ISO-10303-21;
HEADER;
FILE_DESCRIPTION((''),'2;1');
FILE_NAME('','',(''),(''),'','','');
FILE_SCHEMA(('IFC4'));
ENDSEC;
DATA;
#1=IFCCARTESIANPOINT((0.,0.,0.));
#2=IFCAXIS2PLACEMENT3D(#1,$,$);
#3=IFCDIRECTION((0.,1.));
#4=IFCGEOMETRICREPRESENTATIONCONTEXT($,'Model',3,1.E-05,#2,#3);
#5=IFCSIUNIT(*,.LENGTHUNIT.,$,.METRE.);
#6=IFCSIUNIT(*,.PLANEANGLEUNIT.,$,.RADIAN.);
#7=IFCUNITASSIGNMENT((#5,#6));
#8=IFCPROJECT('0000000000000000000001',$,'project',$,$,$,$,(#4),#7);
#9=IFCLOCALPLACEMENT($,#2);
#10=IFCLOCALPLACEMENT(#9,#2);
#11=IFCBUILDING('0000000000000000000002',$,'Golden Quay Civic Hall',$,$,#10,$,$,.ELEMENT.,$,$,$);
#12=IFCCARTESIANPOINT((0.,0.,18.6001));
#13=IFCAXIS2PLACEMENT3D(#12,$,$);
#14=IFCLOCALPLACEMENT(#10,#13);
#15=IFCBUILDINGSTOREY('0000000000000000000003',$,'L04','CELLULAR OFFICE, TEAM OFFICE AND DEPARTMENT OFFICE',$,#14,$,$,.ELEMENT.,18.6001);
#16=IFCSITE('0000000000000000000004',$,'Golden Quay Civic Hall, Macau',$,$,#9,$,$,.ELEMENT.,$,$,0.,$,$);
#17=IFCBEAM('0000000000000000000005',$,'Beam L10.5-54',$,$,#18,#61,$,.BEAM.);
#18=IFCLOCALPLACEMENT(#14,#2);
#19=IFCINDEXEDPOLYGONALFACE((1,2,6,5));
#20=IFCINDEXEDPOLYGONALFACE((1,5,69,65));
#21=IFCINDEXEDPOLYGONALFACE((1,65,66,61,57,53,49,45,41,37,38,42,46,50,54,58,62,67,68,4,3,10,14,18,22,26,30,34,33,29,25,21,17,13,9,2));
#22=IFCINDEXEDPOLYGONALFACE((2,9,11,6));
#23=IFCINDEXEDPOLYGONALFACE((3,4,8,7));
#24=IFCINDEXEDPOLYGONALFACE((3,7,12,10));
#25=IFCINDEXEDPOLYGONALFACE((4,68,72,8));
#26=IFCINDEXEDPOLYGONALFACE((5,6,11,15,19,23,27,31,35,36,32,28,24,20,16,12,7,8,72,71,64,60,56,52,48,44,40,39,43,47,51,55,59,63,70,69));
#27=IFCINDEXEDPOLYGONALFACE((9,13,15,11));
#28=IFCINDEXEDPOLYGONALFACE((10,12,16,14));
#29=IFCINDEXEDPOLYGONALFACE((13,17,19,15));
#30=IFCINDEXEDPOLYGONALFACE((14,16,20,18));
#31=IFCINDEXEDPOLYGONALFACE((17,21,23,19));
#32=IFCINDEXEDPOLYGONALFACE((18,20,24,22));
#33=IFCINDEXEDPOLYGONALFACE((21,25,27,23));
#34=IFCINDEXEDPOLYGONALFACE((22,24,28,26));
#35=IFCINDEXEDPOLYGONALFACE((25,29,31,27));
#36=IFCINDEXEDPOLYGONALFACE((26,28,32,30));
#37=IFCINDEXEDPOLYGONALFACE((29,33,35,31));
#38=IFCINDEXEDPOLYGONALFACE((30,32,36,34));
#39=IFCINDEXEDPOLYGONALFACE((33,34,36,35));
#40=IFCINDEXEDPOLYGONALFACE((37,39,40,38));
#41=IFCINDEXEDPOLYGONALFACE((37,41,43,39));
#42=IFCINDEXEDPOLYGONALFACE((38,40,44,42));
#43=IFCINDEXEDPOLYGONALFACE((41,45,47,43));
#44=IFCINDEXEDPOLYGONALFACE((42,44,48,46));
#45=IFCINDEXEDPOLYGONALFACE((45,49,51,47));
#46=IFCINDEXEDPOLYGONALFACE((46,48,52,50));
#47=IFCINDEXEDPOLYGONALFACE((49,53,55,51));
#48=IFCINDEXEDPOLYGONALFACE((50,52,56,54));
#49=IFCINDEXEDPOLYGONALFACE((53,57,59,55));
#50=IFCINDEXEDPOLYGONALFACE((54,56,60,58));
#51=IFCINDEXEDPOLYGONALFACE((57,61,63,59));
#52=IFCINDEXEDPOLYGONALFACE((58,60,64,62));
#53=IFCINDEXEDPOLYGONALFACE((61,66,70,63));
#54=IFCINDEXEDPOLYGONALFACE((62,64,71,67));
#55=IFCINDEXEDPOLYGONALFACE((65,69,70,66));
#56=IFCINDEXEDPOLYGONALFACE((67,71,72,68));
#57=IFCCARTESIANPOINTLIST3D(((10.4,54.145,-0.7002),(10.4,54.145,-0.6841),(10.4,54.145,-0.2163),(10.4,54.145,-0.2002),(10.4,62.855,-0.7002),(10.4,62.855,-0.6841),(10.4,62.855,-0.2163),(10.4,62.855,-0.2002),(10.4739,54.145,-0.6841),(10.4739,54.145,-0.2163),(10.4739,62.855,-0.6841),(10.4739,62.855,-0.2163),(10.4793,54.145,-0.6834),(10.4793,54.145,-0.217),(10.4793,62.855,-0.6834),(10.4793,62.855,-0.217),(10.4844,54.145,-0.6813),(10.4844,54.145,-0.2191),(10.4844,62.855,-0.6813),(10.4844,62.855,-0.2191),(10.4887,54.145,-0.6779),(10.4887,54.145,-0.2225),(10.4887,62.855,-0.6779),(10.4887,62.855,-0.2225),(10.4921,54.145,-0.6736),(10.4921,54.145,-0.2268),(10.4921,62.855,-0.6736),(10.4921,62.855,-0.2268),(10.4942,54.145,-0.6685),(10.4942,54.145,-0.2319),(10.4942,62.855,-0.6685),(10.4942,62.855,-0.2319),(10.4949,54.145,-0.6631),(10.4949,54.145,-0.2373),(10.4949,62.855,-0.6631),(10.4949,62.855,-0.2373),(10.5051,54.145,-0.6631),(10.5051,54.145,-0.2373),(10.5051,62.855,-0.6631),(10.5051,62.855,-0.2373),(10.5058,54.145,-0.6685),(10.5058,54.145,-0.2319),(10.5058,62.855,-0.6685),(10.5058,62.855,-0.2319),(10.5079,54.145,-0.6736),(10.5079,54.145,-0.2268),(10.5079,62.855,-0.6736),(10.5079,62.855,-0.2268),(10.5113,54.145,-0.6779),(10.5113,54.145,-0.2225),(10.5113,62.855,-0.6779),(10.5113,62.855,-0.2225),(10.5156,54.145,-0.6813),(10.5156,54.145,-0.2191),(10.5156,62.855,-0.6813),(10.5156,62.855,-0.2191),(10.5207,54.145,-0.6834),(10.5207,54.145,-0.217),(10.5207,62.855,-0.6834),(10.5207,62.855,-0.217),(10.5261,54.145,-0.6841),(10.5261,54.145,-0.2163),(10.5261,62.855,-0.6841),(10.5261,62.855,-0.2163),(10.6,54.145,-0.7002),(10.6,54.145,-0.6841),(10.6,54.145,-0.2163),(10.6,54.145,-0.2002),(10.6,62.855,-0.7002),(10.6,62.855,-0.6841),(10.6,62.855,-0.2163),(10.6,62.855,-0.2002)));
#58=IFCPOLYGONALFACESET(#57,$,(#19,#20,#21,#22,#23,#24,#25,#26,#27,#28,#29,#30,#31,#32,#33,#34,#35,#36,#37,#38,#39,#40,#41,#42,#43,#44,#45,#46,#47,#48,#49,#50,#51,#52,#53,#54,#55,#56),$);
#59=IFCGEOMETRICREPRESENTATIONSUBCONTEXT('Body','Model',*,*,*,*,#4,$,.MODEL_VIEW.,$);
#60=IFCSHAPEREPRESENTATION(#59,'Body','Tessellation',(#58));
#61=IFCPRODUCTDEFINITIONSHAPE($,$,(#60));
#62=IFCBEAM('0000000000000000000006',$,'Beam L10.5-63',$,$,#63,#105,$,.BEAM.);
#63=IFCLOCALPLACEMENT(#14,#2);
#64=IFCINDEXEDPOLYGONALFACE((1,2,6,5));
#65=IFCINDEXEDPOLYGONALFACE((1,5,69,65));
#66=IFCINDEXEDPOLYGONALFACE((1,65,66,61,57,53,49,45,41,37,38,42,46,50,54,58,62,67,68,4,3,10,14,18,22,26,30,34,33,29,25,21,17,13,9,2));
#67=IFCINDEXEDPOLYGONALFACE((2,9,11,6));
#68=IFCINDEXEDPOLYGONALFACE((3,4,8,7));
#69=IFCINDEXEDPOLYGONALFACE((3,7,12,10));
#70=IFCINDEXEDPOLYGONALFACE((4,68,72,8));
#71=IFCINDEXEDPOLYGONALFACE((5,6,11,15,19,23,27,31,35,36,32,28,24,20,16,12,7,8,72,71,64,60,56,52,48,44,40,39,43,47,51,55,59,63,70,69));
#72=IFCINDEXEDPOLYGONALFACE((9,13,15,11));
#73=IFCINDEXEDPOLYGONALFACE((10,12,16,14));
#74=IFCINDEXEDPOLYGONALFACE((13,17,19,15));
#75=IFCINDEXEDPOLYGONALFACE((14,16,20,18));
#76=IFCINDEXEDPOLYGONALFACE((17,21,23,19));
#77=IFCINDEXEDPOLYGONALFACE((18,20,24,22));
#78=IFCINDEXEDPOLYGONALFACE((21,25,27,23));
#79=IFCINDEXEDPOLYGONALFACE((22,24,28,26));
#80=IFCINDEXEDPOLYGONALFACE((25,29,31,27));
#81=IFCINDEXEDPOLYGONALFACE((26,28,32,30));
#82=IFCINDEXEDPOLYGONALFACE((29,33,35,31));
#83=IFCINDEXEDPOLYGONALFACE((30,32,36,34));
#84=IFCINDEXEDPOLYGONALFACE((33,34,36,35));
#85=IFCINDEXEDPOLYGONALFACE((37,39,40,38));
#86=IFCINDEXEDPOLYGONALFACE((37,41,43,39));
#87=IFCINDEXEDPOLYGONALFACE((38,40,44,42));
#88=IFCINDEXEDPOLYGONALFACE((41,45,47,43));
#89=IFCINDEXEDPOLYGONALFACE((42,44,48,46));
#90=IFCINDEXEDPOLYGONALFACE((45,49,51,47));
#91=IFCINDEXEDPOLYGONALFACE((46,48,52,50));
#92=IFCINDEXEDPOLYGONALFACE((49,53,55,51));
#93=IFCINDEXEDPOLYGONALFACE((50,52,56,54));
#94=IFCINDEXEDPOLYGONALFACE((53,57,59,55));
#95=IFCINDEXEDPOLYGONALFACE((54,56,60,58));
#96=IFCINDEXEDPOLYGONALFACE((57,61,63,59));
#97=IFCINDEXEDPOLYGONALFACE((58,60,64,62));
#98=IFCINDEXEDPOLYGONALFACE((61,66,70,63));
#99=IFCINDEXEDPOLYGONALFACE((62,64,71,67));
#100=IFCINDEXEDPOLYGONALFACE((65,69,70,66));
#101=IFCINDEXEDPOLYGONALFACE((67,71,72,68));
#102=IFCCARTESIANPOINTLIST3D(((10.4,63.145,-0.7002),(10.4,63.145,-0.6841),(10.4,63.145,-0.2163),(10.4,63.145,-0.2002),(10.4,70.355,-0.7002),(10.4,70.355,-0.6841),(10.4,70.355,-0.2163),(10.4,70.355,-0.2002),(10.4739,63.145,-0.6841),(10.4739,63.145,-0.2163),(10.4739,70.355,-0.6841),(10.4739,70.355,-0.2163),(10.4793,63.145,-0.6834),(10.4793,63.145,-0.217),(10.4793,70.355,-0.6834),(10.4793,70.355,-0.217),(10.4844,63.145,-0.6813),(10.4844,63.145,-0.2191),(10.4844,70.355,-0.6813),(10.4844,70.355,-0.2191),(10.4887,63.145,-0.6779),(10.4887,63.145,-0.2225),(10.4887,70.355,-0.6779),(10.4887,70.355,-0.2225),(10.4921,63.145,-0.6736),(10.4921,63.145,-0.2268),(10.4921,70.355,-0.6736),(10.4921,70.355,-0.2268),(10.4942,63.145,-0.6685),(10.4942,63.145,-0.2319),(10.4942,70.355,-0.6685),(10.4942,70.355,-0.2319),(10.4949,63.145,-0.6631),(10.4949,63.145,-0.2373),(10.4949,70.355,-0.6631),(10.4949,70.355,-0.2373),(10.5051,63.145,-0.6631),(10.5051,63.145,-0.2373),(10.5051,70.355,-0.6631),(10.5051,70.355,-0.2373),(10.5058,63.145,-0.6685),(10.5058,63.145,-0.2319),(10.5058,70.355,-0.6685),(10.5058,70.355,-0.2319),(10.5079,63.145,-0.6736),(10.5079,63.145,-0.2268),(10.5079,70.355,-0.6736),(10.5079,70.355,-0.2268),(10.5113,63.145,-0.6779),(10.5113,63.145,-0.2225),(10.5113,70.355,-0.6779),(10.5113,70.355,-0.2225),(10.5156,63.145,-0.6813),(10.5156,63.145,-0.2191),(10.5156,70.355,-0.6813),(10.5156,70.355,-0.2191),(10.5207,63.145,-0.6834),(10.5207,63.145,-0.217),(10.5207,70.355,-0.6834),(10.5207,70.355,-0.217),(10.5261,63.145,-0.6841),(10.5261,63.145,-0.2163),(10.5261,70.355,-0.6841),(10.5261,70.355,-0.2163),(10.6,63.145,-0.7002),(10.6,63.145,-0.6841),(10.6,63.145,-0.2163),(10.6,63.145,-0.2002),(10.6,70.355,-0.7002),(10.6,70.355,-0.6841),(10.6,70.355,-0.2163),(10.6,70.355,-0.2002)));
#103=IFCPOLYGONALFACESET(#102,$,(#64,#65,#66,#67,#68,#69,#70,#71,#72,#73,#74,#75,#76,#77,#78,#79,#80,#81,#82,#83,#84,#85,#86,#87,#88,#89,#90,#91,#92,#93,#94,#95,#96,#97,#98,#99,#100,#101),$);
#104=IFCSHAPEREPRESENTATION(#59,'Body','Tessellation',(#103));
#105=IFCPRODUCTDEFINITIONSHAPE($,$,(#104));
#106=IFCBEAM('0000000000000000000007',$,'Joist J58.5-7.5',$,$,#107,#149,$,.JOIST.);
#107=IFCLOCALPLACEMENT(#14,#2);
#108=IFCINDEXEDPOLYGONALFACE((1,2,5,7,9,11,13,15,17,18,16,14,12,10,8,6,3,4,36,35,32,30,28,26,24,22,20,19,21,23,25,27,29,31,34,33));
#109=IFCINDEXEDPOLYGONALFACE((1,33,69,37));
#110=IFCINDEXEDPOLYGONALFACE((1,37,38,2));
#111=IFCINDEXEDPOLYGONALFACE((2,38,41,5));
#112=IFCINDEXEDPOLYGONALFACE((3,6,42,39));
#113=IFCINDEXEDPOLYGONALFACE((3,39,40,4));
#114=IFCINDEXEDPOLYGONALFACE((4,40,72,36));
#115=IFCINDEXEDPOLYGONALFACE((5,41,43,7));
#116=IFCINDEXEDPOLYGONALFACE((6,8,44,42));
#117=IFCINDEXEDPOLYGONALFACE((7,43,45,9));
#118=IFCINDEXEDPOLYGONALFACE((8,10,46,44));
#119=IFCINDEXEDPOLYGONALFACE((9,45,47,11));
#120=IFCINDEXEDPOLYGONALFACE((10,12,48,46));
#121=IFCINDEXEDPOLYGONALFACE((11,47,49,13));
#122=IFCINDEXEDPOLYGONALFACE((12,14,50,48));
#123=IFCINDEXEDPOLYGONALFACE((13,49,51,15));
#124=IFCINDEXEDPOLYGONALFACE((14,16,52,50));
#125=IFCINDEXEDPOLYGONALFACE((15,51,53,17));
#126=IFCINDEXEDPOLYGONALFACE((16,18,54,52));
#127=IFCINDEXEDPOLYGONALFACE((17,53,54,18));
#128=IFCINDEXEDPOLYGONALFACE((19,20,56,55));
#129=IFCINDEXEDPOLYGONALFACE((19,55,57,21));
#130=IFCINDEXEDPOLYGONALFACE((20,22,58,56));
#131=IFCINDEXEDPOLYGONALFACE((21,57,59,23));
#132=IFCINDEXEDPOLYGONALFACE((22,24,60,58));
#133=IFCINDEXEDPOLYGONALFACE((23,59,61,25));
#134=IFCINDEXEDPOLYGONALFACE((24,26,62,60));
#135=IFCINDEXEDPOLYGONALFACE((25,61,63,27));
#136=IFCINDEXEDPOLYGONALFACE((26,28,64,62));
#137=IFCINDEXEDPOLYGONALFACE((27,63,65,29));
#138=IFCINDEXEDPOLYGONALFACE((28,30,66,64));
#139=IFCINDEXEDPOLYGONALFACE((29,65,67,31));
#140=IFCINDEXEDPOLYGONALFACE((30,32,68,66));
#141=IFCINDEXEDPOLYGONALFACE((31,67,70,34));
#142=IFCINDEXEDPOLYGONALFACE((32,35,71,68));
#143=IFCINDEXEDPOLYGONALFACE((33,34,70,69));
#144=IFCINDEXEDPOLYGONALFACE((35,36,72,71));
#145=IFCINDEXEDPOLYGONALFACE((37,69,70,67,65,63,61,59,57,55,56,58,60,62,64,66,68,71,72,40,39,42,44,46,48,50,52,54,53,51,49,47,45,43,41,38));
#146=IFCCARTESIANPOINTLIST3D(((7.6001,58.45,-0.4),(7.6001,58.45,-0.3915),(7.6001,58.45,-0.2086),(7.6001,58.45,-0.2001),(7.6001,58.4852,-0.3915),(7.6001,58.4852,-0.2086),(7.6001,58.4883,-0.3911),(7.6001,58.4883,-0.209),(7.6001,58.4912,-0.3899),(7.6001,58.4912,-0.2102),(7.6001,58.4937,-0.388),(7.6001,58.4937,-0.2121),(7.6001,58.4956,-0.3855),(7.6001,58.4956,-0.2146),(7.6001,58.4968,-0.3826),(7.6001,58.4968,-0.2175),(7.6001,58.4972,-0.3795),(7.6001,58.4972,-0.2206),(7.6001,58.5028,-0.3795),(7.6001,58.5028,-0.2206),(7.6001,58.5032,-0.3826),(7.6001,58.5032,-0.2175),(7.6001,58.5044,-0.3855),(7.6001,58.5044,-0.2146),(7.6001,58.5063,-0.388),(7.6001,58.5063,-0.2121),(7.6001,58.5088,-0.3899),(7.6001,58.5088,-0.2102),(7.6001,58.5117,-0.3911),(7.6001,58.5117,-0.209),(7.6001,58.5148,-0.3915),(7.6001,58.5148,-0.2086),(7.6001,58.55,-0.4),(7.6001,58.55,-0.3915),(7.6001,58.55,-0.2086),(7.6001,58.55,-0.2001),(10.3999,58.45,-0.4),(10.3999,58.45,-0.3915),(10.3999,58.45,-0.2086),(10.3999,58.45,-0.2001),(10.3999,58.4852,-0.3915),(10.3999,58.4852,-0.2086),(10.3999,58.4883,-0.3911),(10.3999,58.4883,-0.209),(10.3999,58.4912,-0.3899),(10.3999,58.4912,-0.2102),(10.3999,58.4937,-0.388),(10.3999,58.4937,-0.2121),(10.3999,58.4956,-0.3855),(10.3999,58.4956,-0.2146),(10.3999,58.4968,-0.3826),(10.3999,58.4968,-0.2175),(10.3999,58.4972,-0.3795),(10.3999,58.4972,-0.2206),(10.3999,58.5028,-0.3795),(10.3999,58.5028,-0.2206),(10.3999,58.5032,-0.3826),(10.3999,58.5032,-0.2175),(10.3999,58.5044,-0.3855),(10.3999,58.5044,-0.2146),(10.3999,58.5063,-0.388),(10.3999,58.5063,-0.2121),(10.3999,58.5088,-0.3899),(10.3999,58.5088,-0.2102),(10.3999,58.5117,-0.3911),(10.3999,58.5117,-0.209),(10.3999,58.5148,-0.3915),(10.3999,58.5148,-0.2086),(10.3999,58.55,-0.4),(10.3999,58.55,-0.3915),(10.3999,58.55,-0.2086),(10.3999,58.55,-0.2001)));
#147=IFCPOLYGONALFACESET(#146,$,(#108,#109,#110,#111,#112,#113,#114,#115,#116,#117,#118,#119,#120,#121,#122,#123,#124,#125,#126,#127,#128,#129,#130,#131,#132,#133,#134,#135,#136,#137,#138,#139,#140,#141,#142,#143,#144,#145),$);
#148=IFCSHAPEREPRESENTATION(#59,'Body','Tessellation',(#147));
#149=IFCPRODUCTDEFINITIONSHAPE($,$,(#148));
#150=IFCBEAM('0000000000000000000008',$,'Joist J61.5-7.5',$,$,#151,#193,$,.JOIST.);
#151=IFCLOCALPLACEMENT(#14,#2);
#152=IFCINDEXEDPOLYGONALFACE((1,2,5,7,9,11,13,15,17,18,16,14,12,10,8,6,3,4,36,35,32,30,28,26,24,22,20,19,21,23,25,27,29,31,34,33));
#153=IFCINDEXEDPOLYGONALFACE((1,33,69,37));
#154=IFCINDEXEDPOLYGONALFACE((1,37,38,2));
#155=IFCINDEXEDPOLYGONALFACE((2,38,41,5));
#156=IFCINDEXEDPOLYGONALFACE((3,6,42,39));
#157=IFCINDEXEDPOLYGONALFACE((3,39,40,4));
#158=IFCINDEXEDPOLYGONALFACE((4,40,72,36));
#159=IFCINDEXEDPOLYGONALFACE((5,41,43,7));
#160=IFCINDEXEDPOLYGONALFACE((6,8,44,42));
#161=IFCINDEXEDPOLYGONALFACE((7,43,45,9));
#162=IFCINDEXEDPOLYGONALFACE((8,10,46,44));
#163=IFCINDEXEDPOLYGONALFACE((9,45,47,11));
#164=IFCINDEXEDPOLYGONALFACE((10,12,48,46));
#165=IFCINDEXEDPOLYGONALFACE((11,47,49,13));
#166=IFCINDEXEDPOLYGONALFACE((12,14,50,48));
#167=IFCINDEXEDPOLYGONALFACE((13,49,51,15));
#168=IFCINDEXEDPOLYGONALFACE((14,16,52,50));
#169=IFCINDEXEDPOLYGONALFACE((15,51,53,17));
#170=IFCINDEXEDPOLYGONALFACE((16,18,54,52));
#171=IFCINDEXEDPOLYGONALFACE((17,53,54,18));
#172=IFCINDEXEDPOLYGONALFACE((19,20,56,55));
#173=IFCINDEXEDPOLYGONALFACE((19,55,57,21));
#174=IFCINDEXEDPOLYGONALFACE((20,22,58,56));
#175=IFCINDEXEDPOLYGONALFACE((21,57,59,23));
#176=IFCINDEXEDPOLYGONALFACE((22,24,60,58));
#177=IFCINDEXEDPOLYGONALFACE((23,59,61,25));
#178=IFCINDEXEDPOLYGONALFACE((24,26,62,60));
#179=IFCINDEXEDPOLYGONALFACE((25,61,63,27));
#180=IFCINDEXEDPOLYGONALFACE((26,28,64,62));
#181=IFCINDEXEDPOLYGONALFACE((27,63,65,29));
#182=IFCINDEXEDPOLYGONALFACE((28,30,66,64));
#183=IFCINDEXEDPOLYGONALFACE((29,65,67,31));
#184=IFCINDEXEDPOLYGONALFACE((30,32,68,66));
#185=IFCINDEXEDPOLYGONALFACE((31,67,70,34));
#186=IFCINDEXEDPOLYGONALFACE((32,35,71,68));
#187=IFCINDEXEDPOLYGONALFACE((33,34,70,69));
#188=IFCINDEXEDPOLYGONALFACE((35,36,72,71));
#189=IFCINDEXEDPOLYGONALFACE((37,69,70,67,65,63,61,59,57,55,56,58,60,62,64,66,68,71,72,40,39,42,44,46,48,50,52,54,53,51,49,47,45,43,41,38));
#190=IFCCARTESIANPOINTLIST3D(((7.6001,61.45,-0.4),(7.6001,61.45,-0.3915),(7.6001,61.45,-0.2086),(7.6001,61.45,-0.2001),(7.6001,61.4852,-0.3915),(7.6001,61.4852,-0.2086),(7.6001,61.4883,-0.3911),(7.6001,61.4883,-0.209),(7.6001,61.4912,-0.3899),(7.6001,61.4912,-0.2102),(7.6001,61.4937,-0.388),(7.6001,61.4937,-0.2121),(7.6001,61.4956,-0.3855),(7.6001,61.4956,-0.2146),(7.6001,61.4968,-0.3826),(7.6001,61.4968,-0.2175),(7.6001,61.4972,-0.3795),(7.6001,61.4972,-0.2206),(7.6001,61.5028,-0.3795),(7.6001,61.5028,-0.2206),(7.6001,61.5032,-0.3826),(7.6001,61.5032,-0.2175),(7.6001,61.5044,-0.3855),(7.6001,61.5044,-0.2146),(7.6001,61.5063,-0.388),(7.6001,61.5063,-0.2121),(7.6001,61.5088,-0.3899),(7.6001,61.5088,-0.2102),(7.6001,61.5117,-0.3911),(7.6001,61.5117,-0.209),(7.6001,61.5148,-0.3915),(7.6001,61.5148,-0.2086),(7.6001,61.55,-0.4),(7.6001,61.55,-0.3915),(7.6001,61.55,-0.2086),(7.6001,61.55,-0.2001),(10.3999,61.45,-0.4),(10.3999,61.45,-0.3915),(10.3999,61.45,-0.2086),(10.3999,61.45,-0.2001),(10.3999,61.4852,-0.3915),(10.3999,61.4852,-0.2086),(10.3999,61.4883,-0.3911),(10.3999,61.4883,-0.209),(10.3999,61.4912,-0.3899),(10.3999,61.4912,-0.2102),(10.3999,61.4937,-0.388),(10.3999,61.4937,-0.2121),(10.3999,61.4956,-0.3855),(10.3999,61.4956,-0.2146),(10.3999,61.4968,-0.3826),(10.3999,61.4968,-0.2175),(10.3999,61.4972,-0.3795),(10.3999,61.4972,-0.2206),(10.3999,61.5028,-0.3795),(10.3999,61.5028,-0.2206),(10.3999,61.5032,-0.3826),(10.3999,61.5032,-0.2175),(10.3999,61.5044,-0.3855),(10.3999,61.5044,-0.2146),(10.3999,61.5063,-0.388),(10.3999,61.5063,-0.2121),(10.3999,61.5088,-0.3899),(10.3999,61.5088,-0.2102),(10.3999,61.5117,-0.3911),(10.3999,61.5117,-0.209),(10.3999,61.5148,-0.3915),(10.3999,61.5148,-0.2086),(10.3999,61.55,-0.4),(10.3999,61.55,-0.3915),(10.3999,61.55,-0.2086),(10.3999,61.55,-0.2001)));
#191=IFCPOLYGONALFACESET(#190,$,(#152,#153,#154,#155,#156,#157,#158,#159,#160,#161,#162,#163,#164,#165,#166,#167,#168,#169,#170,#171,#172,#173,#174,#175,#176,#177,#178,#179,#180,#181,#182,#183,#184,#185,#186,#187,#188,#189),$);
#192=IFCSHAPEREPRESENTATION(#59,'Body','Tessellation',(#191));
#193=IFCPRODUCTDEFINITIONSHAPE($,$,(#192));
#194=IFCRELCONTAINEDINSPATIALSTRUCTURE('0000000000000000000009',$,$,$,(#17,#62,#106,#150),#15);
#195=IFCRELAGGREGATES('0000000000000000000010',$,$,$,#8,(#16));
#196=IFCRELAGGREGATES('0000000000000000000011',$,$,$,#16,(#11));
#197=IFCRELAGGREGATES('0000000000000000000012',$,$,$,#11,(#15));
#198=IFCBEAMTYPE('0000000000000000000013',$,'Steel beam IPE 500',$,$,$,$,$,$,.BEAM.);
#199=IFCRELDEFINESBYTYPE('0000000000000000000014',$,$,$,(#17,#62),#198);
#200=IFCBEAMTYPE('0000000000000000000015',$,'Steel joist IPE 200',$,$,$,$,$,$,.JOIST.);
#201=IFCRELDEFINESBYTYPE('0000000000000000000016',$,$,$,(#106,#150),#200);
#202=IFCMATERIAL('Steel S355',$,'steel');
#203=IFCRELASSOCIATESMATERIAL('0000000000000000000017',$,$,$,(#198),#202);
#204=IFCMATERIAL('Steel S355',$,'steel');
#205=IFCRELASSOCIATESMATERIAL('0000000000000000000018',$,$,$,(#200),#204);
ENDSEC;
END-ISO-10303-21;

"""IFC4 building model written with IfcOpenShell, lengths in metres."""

from ifc_helpers import new_model, si_unit, direction, frame, origin, origin_2d, place, context, subcontext, project, spatial, i_section, extrude, material, material_profile, profile_set, type_object, element, save


model = new_model("IFC4")

# Units and contexts
model_context = context("Model", 3, precision=1e-05, world=origin(), true_north=direction((0.0, 1.0)))
body_context = subcontext(model_context, "Body", "Model", "MODEL_VIEW")
ifc_project = project(units=[si_unit("LENGTHUNIT", "METRE"), si_unit("PLANEANGLEUNIT", "RADIAN")], contexts=[model_context])

# Site, building, storey
site_placement = place(None, origin())
site = spatial("IfcSite", under=ifc_project, at=site_placement, Name="Golden Quay Civic Hall, Macau", CompositionType="ELEMENT", RefElevation=0.0)
building_placement = place(site_placement, origin())
building = spatial("IfcBuilding", under=site, at=building_placement, Name="Golden Quay Civic Hall", CompositionType="ELEMENT")
storey_placement = place(building_placement, frame((0.0, 0.0, 18.6001)))
storey = spatial("IfcBuildingStorey", under=building, at=storey_placement, Name="L04", Description="CELLULAR OFFICE, TEAM OFFICE AND DEPARTMENT OFFICE", CompositionType="ELEMENT", Elevation=18.6001)

# Beams
ifc_material_1 = material(Name="Steel S355", Category="steel")
ifc_material_profile_1 = material_profile(ifc_material_1, i_section(OverallWidth=0.2, OverallDepth=0.5, WebThickness=0.0103, FlangeThickness=0.0161, FilletRadius=0.021, at=origin_2d()), Name="IPE 500")
ifc_profile_set_1 = profile_set([ifc_material_profile_1], Name="Steel S355")
beam_type_1 = type_object("IfcBeamType", Name="Steel beam IPE 500", PredefinedType="BEAM", material=ifc_profile_set_1)
for number, where, z_axis, x_axis, name in (
    (1, (10.5, 54.145, -0.4502), (0.0, 1.0, 0.0), (-1.0, 0.0, 0.0), "Beam L10.5-54"),
):
    element("IfcBeam", number, at=place(storey_placement, frame(where, z_axis=z_axis, x_axis=x_axis)), inside=storey, type_object=beam_type_1, Name=name, PredefinedType="BEAM", context=body_context, shape_type="SweptSolid", body=[
        extrude(i_section(OverallWidth=0.2, OverallDepth=0.5, WebThickness=0.0103, FlangeThickness=0.0161, FilletRadius=0.021, at=origin_2d()), origin(), (0.0, 0.0, 1.0), 8.71),
    ])
beam_1_placement = place(storey_placement, frame((10.5, 63.145, -0.4502), z_axis=(0.0, 1.0, 0.0), x_axis=(-1.0, 0.0, 0.0)))
element("IfcBeam", 2, at=beam_1_placement, inside=storey, type_object=beam_type_1, Name="Beam L10.5-63", PredefinedType="BEAM", context=body_context, shape_type="SweptSolid", body=[
    extrude(i_section(OverallWidth=0.2, OverallDepth=0.5, WebThickness=0.0103, FlangeThickness=0.0161, FilletRadius=0.021, at=origin_2d()), origin(), (0.0, 0.0, 1.0), 7.21),
])
ifc_material_2 = material(Name="Steel S355", Category="steel")
ifc_material_profile_2 = material_profile(ifc_material_2, i_section(OverallWidth=0.1001, OverallDepth=0.2, WebThickness=0.0056, FlangeThickness=0.0085, FilletRadius=0.012, at=origin_2d()), Name="IPE 200")
ifc_profile_set_2 = profile_set([ifc_material_profile_2], Name="Steel S355")
beam_type_2 = type_object("IfcBeamType", Name="Steel joist IPE 200", PredefinedType="JOIST", material=ifc_profile_set_2)
for number, where, z_axis, x_axis, name in (
    (3, (7.6001, 58.5, -0.3), (1.0, 0.0, 0.0), (0.0, 1.0, 0.0), "Joist J58.5-7.5"),
    (4, (7.6001, 61.5, -0.3), (1.0, 0.0, 0.0), (0.0, 1.0, 0.0), "Joist J61.5-7.5"),
):
    element("IfcBeam", number, at=place(storey_placement, frame(where, z_axis=z_axis, x_axis=x_axis)), inside=storey, type_object=beam_type_2, Name=name, PredefinedType="JOIST", context=body_context, shape_type="SweptSolid", body=[
        extrude(i_section(OverallWidth=0.1001, OverallDepth=0.2, WebThickness=0.0056, FlangeThickness=0.0085, FilletRadius=0.012, at=origin_2d()), origin(), (0.0, 0.0, 1.0), 2.7998),
    ])

save(model, "model.ifc")
